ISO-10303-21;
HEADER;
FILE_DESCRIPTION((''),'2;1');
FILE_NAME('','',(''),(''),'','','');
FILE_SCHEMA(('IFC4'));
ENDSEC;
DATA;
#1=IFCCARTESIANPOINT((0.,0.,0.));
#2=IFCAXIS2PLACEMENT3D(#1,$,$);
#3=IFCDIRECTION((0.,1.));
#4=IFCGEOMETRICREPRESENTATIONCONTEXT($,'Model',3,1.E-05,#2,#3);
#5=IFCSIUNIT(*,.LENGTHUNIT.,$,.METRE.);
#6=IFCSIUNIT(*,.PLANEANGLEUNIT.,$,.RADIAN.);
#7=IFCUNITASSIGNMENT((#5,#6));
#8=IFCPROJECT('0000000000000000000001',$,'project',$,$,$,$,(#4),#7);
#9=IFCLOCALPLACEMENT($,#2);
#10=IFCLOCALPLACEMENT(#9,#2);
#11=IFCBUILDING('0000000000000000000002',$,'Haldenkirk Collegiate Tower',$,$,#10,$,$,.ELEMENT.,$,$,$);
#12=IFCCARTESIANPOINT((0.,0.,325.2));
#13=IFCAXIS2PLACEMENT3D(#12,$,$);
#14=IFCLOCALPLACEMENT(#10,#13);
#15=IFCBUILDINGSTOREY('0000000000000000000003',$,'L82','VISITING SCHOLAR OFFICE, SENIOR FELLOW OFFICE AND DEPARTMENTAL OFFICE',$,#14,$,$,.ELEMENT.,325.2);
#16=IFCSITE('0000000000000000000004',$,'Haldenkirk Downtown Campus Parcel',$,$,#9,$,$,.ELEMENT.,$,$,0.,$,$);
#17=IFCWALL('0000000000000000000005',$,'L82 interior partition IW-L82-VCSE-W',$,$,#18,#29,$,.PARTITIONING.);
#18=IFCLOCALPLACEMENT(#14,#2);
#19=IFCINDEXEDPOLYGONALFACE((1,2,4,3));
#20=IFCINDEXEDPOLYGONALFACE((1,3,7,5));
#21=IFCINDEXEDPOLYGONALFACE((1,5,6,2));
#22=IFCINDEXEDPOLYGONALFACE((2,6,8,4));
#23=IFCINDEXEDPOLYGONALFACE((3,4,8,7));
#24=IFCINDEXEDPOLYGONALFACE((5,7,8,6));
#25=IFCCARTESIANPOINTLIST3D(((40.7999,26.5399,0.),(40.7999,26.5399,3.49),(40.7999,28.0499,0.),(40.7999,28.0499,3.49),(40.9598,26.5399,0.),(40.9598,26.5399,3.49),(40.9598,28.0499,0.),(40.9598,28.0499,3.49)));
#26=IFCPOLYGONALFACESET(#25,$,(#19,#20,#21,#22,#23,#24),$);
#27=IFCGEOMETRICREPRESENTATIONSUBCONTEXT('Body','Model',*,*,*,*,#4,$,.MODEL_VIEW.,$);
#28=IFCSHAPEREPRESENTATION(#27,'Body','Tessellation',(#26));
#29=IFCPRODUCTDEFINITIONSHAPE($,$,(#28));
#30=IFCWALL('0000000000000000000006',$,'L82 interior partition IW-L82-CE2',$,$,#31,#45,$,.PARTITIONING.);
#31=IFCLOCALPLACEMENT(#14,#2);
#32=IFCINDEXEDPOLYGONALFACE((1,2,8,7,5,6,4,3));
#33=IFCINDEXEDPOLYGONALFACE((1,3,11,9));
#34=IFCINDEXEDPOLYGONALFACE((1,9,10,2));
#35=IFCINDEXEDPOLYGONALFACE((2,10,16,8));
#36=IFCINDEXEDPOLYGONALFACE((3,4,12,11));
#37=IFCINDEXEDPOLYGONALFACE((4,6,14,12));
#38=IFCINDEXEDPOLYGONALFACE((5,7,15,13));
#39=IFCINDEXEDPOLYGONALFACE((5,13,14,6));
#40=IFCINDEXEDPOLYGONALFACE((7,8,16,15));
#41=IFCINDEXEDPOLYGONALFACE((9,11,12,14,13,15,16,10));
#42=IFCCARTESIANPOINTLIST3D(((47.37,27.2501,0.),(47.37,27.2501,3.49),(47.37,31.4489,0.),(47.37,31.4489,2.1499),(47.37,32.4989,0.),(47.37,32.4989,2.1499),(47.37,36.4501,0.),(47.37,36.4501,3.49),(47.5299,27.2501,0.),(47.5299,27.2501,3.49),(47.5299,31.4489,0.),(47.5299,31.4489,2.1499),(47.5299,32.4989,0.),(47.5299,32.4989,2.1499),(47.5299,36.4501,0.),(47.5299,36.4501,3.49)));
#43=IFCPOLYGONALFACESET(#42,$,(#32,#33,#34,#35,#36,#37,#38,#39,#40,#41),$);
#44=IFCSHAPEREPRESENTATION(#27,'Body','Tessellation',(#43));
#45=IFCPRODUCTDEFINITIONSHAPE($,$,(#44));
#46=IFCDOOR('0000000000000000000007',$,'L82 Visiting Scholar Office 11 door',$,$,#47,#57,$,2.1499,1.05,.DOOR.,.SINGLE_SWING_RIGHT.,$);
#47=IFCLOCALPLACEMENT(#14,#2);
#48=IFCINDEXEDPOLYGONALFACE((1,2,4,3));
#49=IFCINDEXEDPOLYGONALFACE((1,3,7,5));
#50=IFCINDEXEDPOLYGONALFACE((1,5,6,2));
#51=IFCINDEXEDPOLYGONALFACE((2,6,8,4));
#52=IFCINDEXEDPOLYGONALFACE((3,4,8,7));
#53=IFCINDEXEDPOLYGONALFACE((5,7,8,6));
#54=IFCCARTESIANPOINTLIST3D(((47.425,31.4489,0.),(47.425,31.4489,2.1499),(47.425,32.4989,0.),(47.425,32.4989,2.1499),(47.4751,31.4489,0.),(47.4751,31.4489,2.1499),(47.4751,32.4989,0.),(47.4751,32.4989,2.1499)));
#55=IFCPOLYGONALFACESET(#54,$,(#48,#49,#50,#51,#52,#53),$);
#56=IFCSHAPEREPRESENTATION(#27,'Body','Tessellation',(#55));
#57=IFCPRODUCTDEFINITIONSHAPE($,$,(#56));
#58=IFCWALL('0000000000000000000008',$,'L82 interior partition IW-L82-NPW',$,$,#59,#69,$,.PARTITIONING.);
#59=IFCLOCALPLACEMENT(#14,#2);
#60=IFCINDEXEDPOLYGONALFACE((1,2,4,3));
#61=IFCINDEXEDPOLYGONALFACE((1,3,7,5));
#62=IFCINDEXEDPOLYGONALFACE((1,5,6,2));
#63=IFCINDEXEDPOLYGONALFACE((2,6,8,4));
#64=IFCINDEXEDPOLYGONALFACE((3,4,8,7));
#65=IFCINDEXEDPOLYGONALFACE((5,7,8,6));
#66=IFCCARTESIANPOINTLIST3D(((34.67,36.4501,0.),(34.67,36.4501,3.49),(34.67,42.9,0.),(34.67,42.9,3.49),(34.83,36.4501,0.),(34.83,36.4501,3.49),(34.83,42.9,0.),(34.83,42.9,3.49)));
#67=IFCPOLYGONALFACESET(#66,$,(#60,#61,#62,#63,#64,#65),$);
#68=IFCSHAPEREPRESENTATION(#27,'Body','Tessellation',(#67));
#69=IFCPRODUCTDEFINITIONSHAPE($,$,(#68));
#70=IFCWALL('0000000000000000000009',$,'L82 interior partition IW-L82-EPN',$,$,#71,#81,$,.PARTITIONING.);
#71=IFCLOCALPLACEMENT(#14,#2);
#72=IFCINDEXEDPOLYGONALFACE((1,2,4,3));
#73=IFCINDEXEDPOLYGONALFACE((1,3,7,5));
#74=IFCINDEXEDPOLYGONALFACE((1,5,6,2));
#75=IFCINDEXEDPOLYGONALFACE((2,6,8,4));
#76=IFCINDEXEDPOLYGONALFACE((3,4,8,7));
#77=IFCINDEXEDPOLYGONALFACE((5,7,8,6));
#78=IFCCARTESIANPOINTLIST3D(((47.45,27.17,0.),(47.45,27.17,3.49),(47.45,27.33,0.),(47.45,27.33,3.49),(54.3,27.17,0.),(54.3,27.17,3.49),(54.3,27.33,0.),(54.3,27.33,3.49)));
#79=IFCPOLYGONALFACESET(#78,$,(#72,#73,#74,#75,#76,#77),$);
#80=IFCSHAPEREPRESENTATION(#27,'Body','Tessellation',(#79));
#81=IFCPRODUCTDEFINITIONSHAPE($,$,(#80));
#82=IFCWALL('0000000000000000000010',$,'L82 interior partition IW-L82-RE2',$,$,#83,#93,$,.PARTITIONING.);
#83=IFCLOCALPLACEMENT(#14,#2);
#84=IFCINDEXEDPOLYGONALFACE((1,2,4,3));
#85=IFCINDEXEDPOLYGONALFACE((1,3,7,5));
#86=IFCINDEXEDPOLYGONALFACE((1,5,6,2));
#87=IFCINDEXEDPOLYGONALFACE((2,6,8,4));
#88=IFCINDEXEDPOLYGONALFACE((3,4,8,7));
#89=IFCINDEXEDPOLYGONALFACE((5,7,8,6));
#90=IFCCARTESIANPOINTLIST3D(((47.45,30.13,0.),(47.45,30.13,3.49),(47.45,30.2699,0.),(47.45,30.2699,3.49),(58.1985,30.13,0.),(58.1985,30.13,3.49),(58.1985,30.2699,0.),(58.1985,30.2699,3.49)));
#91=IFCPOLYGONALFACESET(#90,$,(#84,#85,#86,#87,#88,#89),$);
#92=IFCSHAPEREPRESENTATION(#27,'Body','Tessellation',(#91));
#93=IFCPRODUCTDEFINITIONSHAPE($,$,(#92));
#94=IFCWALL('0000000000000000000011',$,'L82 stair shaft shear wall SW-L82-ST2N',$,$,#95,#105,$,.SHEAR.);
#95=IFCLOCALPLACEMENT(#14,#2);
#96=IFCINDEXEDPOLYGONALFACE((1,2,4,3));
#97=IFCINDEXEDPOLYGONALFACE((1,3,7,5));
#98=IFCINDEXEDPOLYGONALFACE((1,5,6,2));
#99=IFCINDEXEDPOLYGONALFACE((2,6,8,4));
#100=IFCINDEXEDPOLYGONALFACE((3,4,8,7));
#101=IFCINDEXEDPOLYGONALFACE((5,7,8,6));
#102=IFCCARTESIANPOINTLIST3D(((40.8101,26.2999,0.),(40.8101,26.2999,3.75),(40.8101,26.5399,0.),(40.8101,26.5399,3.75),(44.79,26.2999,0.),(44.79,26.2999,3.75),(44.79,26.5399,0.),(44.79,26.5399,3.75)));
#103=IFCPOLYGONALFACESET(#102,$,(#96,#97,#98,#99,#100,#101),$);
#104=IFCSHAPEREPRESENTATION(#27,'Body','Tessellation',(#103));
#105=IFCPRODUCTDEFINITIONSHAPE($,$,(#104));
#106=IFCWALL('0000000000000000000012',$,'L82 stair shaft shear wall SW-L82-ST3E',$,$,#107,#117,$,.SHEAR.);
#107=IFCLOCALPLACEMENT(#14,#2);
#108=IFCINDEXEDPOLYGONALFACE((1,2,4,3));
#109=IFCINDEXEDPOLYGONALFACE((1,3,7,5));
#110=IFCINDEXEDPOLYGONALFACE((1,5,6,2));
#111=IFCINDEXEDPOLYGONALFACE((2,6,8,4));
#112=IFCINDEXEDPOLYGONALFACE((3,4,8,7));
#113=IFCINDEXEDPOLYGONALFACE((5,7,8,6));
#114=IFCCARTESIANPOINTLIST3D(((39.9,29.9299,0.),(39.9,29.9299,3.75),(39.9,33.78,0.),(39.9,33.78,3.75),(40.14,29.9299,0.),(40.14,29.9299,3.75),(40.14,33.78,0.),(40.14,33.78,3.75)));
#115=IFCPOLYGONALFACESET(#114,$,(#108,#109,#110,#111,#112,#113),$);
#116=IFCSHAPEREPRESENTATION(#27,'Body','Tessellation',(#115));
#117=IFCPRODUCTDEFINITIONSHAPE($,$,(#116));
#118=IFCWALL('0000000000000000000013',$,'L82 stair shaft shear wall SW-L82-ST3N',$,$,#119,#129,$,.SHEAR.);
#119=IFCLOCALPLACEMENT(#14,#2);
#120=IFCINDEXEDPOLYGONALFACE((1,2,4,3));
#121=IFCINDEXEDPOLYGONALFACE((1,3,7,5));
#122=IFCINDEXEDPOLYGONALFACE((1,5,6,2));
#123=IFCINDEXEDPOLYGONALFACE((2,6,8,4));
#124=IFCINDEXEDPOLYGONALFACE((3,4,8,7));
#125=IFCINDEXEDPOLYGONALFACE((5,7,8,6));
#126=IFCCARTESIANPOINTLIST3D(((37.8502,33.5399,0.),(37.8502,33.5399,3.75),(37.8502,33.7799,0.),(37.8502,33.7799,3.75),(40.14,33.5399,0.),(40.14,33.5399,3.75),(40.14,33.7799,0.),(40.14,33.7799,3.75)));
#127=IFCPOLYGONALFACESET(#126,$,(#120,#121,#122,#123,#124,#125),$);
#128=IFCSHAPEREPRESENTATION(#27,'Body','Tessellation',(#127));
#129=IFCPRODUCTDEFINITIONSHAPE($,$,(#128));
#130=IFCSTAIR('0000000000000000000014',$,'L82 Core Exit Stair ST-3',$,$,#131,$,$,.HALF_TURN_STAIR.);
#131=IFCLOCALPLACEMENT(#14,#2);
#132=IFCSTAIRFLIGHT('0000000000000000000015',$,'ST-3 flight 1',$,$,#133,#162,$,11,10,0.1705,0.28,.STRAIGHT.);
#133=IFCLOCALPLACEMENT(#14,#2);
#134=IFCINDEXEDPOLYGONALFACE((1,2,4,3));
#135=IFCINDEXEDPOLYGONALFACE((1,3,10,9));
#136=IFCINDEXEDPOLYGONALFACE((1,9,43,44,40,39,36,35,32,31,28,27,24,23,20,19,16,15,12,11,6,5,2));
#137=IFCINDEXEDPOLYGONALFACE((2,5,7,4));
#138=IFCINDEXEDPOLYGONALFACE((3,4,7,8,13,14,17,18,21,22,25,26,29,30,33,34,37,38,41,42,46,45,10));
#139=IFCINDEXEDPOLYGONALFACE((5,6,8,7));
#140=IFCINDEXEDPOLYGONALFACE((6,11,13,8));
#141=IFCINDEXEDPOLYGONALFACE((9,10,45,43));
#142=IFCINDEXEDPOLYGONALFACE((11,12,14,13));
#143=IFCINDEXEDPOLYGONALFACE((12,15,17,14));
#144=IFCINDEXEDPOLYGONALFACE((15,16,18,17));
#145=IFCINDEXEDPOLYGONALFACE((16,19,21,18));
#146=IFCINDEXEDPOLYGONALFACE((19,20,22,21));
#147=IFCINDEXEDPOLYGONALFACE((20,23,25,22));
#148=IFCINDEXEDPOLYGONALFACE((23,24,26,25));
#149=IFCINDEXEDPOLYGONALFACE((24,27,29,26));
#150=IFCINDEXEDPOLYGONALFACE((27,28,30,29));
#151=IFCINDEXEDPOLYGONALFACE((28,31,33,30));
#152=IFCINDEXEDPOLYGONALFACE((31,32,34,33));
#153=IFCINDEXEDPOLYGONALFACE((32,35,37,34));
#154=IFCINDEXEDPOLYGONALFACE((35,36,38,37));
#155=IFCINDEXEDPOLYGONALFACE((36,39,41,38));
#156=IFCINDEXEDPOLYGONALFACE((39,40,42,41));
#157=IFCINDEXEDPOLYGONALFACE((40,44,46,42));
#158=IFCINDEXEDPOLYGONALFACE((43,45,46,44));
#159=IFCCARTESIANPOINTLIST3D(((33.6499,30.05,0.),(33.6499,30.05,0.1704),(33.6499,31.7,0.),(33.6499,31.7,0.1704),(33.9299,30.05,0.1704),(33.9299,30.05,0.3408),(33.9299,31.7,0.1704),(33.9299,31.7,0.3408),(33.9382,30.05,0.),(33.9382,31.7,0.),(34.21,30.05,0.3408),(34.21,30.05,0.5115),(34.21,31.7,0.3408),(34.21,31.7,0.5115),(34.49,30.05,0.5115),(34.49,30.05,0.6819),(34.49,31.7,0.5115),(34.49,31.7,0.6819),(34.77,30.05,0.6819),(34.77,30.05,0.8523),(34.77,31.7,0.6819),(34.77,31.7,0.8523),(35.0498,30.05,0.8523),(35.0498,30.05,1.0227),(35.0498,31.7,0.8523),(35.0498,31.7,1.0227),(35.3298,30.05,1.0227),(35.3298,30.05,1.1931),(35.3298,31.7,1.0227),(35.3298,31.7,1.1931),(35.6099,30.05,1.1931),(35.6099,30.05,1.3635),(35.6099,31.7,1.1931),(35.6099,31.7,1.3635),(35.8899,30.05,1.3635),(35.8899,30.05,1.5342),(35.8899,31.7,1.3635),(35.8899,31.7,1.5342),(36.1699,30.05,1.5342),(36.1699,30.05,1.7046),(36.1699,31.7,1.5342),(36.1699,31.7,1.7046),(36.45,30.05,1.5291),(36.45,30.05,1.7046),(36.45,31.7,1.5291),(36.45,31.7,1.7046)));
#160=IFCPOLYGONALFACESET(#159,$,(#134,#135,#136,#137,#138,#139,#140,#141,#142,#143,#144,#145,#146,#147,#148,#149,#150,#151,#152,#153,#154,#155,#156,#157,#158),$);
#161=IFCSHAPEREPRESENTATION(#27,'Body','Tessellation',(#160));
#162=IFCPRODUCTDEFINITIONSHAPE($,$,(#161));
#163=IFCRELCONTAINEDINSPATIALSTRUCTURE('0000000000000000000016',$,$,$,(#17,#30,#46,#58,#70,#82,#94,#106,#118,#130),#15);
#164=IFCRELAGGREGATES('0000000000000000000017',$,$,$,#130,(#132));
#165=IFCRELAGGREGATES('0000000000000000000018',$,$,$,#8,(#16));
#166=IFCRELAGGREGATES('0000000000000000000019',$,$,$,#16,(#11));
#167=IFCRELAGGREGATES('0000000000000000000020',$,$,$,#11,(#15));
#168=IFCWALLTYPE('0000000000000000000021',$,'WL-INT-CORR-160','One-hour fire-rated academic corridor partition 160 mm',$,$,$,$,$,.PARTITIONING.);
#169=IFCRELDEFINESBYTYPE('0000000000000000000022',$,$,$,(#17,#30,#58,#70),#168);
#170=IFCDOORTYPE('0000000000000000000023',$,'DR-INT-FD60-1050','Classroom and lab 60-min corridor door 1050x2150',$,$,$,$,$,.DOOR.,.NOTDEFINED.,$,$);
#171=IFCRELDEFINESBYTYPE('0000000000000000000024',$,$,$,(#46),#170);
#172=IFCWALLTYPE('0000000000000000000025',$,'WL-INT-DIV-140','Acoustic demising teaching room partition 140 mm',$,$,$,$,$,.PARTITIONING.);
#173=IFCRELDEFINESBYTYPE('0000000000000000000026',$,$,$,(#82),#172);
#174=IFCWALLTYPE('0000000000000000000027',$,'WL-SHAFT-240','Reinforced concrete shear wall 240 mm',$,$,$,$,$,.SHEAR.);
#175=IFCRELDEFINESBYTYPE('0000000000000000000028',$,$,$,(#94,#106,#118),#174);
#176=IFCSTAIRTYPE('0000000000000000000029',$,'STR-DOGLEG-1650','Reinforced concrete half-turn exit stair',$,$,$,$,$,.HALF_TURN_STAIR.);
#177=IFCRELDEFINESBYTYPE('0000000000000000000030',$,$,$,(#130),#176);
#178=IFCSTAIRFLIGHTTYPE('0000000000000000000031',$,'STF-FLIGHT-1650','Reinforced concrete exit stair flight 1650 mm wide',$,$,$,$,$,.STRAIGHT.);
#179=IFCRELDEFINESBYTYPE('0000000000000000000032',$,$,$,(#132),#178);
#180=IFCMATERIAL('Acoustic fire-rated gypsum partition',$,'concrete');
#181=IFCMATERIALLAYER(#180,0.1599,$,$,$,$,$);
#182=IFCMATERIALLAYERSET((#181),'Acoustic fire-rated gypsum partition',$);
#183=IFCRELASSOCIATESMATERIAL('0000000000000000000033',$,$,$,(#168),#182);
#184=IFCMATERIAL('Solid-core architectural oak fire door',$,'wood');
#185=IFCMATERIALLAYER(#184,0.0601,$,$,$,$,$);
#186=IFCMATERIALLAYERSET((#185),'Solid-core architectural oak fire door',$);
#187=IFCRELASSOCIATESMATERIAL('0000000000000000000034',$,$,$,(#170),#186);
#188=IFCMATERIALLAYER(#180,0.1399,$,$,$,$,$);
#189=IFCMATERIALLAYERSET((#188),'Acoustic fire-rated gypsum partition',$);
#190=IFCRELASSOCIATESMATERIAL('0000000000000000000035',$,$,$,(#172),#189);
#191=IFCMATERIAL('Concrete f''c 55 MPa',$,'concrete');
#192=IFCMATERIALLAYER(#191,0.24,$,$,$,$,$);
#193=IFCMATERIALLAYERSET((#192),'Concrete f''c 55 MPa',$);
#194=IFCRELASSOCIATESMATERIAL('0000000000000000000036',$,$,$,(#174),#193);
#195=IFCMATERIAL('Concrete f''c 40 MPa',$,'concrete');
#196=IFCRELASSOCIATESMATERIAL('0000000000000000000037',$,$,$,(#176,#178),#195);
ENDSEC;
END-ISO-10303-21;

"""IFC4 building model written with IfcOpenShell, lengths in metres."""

from ifc_helpers import new_model, si_unit, direction, frame, frame_2d, origin, place, context, subcontext, project, spatial, polyline, rectangle, outline, extrude, material, layer, layer_set, type_object, element, fill, aggregate, save


model = new_model("IFC4")

# Units and contexts
model_context = context("Model", 3, precision=1e-05, world=origin(), true_north=direction((0.0, 1.0)))
body_context = subcontext(model_context, "Body", "Model", "MODEL_VIEW")
ifc_project = project(units=[si_unit("LENGTHUNIT", "METRE"), si_unit("PLANEANGLEUNIT", "RADIAN")], contexts=[model_context])

# Site, building, storey
site_placement = place(None, origin())
site = spatial("IfcSite", under=ifc_project, at=site_placement, Name="Haldenkirk Downtown Campus Parcel", CompositionType="ELEMENT", RefElevation=0.0)
building_placement = place(site_placement, origin())
building = spatial("IfcBuilding", under=site, at=building_placement, Name="Haldenkirk Collegiate Tower", CompositionType="ELEMENT")
storey_placement = place(building_placement, frame((0.0, 0.0, 325.2)))
storey = spatial("IfcBuildingStorey", under=building, at=storey_placement, Name="L82", Description="VISITING SCHOLAR OFFICE, SENIOR FELLOW OFFICE AND DEPARTMENTAL OFFICE", CompositionType="ELEMENT", Elevation=325.2)

# Shared definitions
ifc_material_1 = material(Name="Acoustic fire-rated gypsum partition", Category="concrete")
ifc_layer_1 = layer(ifc_material_1, 0.1599)
ifc_layer_set_1 = layer_set([ifc_layer_1], Name="Acoustic fire-rated gypsum partition")
wall_type_1 = type_object("IfcWallType", Name="WL-INT-CORR-160", Description="One-hour fire-rated academic corridor partition 160 mm", PredefinedType="PARTITIONING", material=ifc_layer_set_1)
ifc_material_2 = material(Name="Solid-core architectural oak fire door", Category="wood")

# Wall
wall_1_placement = place(storey_placement, frame((40.8799, 26.54, 0.0), z_axis=(0.0, 0.0, 1.0), x_axis=(0.0, 1.0, 0.0)))
element("IfcWall", 1, at=wall_1_placement, inside=storey, type_object=wall_type_1, Name="L82 interior partition IW-L82-VCSE-W", PredefinedType="PARTITIONING", context=body_context, shape_type="SweptSolid", body=[
    extrude(rectangle(XDim=1.51, YDim=0.1599, at=frame_2d((0.7549, 0.0))), origin(), (0.0, 0.0, 1.0), 3.49),
])

# Wall, opening, door
wall_2_placement = place(storey_placement, frame((47.45, 27.25, 0.0), z_axis=(0.0, 0.0, 1.0), x_axis=(0.0, 1.0, 0.0)))
wall_2 = element("IfcWall", 2, at=wall_2_placement, inside=storey, type_object=wall_type_1, Name="L82 interior partition IW-L82-CE2", PredefinedType="PARTITIONING", context=body_context, shape_type="SweptSolid", body=[
    extrude(rectangle(XDim=9.2, YDim=0.1599, at=frame_2d((4.6001, 0.0))), origin(), (0.0, 0.0, 1.0), 3.49),
])
opening_1_placement = place(wall_2_placement, frame((4.199, 0.0, 0.0)))
opening_1 = element("IfcOpeningElement", 3, at=opening_1_placement, cuts=wall_2, PredefinedType="OPENING", context=body_context, shape_type="SweptSolid", body=[
    extrude(rectangle(XDim=1.05, YDim=2.1499, at=frame_2d((0.5249, 1.075))), frame((0.0, 0.0898, 0.0), z_axis=(0.0, -1.0, 0.0), x_axis=(1.0, 0.0, 0.0)), (0.0, 0.0, 1.0), 0.1799),
])
ifc_layer_2 = layer(ifc_material_2, 0.0601)
ifc_layer_set_2 = layer_set([ifc_layer_2], Name="Solid-core architectural oak fire door")
door_type_1 = type_object("IfcDoorType", Name="DR-INT-FD60-1050", Description="Classroom and lab 60-min corridor door 1050x2150", OperationType="NOTDEFINED", PredefinedType="DOOR", material=ifc_layer_set_2)
door_1_placement = place(opening_1_placement, origin())
door_1 = element("IfcDoor", 4, at=door_1_placement, inside=storey, type_object=door_type_1, Name="L82 Visiting Scholar Office 11 door", OperationType="SINGLE_SWING_RIGHT", OverallHeight=2.1499, OverallWidth=1.05, PredefinedType="DOOR", context=body_context, shape_type="SweptSolid", body=[
    extrude(rectangle(XDim=1.05, YDim=2.1499, at=frame_2d((0.5249, 1.075))), frame((0.0, 0.0249, 0.0), z_axis=(0.0, -1.0, 0.0), x_axis=(1.0, 0.0, 0.0)), (0.0, 0.0, 1.0), 0.05),
])
fill(opening_1, door_1)

# Walls
wall_3_placement = place(storey_placement, frame((34.75, 36.45, 0.0), z_axis=(0.0, 0.0, 1.0), x_axis=(0.0, 1.0, 0.0)))
element("IfcWall", 5, at=wall_3_placement, inside=storey, type_object=wall_type_1, Name="L82 interior partition IW-L82-NPW", PredefinedType="PARTITIONING", context=body_context, shape_type="SweptSolid", body=[
    extrude(rectangle(XDim=6.45, YDim=0.1599, at=frame_2d((3.2251, 0.0))), origin(), (0.0, 0.0, 1.0), 3.49),
])
wall_4_placement = place(storey_placement, frame((47.45, 27.25, 0.0), z_axis=(0.0, 0.0, 1.0), x_axis=(1.0, 0.0, 0.0)))
element("IfcWall", 6, at=wall_4_placement, inside=storey, type_object=wall_type_1, Name="L82 interior partition IW-L82-EPN", PredefinedType="PARTITIONING", context=body_context, shape_type="SweptSolid", body=[
    extrude(rectangle(XDim=6.8501, YDim=0.1599, at=frame_2d((3.425, 0.0))), origin(), (0.0, 0.0, 1.0), 3.49),
])
ifc_layer_3 = layer(ifc_material_1, 0.1399)
ifc_layer_set_3 = layer_set([ifc_layer_3], Name="Acoustic fire-rated gypsum partition")
wall_type_2 = type_object("IfcWallType", Name="WL-INT-DIV-140", Description="Acoustic demising teaching room partition 140 mm", PredefinedType="PARTITIONING", material=ifc_layer_set_3)
wall_5_placement = place(storey_placement, frame((47.45, 30.2, 0.0), z_axis=(0.0, 0.0, 1.0), x_axis=(1.0, 0.0, 0.0)))
element("IfcWall", 7, at=wall_5_placement, inside=storey, type_object=wall_type_2, Name="L82 interior partition IW-L82-RE2", PredefinedType="PARTITIONING", context=body_context, shape_type="SweptSolid", body=[
    extrude(rectangle(XDim=10.7485, YDim=0.1399, at=frame_2d((5.3743, 0.0))), origin(), (0.0, 0.0, 1.0), 3.49),
])
ifc_material_3 = material(Name="Concrete f'c 55 MPa", Category="concrete")
ifc_layer_4 = layer(ifc_material_3, 0.24)
ifc_layer_set_4 = layer_set([ifc_layer_4], Name="Concrete f'c 55 MPa")
wall_type_3 = type_object("IfcWallType", Name="WL-SHAFT-240", Description="Reinforced concrete shear wall 240 mm", PredefinedType="SHEAR", material=ifc_layer_set_4)
wall_6_placement = place(storey_placement, frame((40.8101, 26.4199, 0.0), z_axis=(0.0, 0.0, 1.0), x_axis=(1.0, 0.0, 0.0)))
element("IfcWall", 8, at=wall_6_placement, inside=storey, type_object=wall_type_3, Name="L82 stair shaft shear wall SW-L82-ST2N", PredefinedType="SHEAR", context=body_context, shape_type="SweptSolid", body=[
    extrude(rectangle(XDim=3.98, YDim=0.24, at=frame_2d((1.99, 0.0))), origin(), (0.0, 0.0, 1.0), 3.75),
])
wall_7_placement = place(storey_placement, frame((40.02, 29.9299, 0.0), z_axis=(0.0, 0.0, 1.0), x_axis=(0.0, 1.0, 0.0)))
element("IfcWall", 9, at=wall_7_placement, inside=storey, type_object=wall_type_3, Name="L82 stair shaft shear wall SW-L82-ST3E", PredefinedType="SHEAR", context=body_context, shape_type="SweptSolid", body=[
    extrude(rectangle(XDim=3.8501, YDim=0.24, at=frame_2d((1.925, 0.0))), origin(), (0.0, 0.0, 1.0), 3.75),
])
wall_8_placement = place(storey_placement, frame((37.8501, 33.6599, 0.0), z_axis=(0.0, 0.0, 1.0), x_axis=(1.0, 0.0, 0.0)))
element("IfcWall", 10, at=wall_8_placement, inside=storey, type_object=wall_type_3, Name="L82 stair shaft shear wall SW-L82-ST3N", PredefinedType="SHEAR", context=body_context, shape_type="SweptSolid", body=[
    extrude(rectangle(XDim=2.2898, YDim=0.24, at=frame_2d((1.145, 0.0))), origin(), (0.0, 0.0, 1.0), 3.75),
])

# Stair, stair flight
ifc_material_4 = material(Name="Concrete f'c 40 MPa", Category="concrete")
stair_type = type_object("IfcStairType", Name="STR-DOGLEG-1650", Description="Reinforced concrete half-turn exit stair", PredefinedType="HALF_TURN_STAIR", material=ifc_material_4)
stair_placement = place(storey_placement, origin())
stair = element("IfcStair", 11, at=stair_placement, inside=storey, type_object=stair_type, Name="L82 Core Exit Stair ST-3", PredefinedType="HALF_TURN_STAIR")
stair_flight_type = type_object("IfcStairFlightType", Name="STF-FLIGHT-1650", Description="Reinforced concrete exit stair flight 1650 mm wide", PredefinedType="STRAIGHT", material=ifc_material_4)
stair_flight_1_placement = place(storey_placement, frame((33.6499, 30.875, 0.0), z_axis=(0.0, 0.0, 1.0), x_axis=(1.0, 0.0, 0.0)))
stair_flight_1 = element("IfcStairFlight", 12, at=stair_flight_1_placement, type_object=stair_flight_type, Name="ST-3 flight 1", NumberOfRisers=11, NumberOfTreads=10, PredefinedType="STRAIGHT", RiserHeight=0.1705, TreadLength=0.28, context=body_context, shape_type="SweptSolid", body=[
    extrude(outline(polyline([(0.0, 0.0), (0.0, 0.1704), (0.28, 0.1704), (0.28, 0.3408), (0.5601, 0.3408), (0.5601, 0.5115), (0.8401, 0.5115), (0.8401, 0.6819), (1.1201, 0.6819), (1.1201, 0.8523), (1.3999, 0.8523), (1.3999, 1.0227), (1.6799, 1.0227), (1.6799, 1.1931), (1.96, 1.1931), (1.96, 1.3635), (2.24, 1.3635), (2.24, 1.5342), (2.52, 1.5342), (2.52, 1.7046), (2.8, 1.7046), (2.8, 1.875), (2.8, 1.5291), (0.2883, 0.0), (0.0, 0.0)])), frame((0.0, 0.825, 0.0), z_axis=(0.0, -1.0, 0.0), x_axis=(1.0, 0.0, 0.0)), (0.0, 0.0, 1.0), 1.6499),
])
aggregate(stair, [stair_flight_1])

save(model, "model.ifc")
